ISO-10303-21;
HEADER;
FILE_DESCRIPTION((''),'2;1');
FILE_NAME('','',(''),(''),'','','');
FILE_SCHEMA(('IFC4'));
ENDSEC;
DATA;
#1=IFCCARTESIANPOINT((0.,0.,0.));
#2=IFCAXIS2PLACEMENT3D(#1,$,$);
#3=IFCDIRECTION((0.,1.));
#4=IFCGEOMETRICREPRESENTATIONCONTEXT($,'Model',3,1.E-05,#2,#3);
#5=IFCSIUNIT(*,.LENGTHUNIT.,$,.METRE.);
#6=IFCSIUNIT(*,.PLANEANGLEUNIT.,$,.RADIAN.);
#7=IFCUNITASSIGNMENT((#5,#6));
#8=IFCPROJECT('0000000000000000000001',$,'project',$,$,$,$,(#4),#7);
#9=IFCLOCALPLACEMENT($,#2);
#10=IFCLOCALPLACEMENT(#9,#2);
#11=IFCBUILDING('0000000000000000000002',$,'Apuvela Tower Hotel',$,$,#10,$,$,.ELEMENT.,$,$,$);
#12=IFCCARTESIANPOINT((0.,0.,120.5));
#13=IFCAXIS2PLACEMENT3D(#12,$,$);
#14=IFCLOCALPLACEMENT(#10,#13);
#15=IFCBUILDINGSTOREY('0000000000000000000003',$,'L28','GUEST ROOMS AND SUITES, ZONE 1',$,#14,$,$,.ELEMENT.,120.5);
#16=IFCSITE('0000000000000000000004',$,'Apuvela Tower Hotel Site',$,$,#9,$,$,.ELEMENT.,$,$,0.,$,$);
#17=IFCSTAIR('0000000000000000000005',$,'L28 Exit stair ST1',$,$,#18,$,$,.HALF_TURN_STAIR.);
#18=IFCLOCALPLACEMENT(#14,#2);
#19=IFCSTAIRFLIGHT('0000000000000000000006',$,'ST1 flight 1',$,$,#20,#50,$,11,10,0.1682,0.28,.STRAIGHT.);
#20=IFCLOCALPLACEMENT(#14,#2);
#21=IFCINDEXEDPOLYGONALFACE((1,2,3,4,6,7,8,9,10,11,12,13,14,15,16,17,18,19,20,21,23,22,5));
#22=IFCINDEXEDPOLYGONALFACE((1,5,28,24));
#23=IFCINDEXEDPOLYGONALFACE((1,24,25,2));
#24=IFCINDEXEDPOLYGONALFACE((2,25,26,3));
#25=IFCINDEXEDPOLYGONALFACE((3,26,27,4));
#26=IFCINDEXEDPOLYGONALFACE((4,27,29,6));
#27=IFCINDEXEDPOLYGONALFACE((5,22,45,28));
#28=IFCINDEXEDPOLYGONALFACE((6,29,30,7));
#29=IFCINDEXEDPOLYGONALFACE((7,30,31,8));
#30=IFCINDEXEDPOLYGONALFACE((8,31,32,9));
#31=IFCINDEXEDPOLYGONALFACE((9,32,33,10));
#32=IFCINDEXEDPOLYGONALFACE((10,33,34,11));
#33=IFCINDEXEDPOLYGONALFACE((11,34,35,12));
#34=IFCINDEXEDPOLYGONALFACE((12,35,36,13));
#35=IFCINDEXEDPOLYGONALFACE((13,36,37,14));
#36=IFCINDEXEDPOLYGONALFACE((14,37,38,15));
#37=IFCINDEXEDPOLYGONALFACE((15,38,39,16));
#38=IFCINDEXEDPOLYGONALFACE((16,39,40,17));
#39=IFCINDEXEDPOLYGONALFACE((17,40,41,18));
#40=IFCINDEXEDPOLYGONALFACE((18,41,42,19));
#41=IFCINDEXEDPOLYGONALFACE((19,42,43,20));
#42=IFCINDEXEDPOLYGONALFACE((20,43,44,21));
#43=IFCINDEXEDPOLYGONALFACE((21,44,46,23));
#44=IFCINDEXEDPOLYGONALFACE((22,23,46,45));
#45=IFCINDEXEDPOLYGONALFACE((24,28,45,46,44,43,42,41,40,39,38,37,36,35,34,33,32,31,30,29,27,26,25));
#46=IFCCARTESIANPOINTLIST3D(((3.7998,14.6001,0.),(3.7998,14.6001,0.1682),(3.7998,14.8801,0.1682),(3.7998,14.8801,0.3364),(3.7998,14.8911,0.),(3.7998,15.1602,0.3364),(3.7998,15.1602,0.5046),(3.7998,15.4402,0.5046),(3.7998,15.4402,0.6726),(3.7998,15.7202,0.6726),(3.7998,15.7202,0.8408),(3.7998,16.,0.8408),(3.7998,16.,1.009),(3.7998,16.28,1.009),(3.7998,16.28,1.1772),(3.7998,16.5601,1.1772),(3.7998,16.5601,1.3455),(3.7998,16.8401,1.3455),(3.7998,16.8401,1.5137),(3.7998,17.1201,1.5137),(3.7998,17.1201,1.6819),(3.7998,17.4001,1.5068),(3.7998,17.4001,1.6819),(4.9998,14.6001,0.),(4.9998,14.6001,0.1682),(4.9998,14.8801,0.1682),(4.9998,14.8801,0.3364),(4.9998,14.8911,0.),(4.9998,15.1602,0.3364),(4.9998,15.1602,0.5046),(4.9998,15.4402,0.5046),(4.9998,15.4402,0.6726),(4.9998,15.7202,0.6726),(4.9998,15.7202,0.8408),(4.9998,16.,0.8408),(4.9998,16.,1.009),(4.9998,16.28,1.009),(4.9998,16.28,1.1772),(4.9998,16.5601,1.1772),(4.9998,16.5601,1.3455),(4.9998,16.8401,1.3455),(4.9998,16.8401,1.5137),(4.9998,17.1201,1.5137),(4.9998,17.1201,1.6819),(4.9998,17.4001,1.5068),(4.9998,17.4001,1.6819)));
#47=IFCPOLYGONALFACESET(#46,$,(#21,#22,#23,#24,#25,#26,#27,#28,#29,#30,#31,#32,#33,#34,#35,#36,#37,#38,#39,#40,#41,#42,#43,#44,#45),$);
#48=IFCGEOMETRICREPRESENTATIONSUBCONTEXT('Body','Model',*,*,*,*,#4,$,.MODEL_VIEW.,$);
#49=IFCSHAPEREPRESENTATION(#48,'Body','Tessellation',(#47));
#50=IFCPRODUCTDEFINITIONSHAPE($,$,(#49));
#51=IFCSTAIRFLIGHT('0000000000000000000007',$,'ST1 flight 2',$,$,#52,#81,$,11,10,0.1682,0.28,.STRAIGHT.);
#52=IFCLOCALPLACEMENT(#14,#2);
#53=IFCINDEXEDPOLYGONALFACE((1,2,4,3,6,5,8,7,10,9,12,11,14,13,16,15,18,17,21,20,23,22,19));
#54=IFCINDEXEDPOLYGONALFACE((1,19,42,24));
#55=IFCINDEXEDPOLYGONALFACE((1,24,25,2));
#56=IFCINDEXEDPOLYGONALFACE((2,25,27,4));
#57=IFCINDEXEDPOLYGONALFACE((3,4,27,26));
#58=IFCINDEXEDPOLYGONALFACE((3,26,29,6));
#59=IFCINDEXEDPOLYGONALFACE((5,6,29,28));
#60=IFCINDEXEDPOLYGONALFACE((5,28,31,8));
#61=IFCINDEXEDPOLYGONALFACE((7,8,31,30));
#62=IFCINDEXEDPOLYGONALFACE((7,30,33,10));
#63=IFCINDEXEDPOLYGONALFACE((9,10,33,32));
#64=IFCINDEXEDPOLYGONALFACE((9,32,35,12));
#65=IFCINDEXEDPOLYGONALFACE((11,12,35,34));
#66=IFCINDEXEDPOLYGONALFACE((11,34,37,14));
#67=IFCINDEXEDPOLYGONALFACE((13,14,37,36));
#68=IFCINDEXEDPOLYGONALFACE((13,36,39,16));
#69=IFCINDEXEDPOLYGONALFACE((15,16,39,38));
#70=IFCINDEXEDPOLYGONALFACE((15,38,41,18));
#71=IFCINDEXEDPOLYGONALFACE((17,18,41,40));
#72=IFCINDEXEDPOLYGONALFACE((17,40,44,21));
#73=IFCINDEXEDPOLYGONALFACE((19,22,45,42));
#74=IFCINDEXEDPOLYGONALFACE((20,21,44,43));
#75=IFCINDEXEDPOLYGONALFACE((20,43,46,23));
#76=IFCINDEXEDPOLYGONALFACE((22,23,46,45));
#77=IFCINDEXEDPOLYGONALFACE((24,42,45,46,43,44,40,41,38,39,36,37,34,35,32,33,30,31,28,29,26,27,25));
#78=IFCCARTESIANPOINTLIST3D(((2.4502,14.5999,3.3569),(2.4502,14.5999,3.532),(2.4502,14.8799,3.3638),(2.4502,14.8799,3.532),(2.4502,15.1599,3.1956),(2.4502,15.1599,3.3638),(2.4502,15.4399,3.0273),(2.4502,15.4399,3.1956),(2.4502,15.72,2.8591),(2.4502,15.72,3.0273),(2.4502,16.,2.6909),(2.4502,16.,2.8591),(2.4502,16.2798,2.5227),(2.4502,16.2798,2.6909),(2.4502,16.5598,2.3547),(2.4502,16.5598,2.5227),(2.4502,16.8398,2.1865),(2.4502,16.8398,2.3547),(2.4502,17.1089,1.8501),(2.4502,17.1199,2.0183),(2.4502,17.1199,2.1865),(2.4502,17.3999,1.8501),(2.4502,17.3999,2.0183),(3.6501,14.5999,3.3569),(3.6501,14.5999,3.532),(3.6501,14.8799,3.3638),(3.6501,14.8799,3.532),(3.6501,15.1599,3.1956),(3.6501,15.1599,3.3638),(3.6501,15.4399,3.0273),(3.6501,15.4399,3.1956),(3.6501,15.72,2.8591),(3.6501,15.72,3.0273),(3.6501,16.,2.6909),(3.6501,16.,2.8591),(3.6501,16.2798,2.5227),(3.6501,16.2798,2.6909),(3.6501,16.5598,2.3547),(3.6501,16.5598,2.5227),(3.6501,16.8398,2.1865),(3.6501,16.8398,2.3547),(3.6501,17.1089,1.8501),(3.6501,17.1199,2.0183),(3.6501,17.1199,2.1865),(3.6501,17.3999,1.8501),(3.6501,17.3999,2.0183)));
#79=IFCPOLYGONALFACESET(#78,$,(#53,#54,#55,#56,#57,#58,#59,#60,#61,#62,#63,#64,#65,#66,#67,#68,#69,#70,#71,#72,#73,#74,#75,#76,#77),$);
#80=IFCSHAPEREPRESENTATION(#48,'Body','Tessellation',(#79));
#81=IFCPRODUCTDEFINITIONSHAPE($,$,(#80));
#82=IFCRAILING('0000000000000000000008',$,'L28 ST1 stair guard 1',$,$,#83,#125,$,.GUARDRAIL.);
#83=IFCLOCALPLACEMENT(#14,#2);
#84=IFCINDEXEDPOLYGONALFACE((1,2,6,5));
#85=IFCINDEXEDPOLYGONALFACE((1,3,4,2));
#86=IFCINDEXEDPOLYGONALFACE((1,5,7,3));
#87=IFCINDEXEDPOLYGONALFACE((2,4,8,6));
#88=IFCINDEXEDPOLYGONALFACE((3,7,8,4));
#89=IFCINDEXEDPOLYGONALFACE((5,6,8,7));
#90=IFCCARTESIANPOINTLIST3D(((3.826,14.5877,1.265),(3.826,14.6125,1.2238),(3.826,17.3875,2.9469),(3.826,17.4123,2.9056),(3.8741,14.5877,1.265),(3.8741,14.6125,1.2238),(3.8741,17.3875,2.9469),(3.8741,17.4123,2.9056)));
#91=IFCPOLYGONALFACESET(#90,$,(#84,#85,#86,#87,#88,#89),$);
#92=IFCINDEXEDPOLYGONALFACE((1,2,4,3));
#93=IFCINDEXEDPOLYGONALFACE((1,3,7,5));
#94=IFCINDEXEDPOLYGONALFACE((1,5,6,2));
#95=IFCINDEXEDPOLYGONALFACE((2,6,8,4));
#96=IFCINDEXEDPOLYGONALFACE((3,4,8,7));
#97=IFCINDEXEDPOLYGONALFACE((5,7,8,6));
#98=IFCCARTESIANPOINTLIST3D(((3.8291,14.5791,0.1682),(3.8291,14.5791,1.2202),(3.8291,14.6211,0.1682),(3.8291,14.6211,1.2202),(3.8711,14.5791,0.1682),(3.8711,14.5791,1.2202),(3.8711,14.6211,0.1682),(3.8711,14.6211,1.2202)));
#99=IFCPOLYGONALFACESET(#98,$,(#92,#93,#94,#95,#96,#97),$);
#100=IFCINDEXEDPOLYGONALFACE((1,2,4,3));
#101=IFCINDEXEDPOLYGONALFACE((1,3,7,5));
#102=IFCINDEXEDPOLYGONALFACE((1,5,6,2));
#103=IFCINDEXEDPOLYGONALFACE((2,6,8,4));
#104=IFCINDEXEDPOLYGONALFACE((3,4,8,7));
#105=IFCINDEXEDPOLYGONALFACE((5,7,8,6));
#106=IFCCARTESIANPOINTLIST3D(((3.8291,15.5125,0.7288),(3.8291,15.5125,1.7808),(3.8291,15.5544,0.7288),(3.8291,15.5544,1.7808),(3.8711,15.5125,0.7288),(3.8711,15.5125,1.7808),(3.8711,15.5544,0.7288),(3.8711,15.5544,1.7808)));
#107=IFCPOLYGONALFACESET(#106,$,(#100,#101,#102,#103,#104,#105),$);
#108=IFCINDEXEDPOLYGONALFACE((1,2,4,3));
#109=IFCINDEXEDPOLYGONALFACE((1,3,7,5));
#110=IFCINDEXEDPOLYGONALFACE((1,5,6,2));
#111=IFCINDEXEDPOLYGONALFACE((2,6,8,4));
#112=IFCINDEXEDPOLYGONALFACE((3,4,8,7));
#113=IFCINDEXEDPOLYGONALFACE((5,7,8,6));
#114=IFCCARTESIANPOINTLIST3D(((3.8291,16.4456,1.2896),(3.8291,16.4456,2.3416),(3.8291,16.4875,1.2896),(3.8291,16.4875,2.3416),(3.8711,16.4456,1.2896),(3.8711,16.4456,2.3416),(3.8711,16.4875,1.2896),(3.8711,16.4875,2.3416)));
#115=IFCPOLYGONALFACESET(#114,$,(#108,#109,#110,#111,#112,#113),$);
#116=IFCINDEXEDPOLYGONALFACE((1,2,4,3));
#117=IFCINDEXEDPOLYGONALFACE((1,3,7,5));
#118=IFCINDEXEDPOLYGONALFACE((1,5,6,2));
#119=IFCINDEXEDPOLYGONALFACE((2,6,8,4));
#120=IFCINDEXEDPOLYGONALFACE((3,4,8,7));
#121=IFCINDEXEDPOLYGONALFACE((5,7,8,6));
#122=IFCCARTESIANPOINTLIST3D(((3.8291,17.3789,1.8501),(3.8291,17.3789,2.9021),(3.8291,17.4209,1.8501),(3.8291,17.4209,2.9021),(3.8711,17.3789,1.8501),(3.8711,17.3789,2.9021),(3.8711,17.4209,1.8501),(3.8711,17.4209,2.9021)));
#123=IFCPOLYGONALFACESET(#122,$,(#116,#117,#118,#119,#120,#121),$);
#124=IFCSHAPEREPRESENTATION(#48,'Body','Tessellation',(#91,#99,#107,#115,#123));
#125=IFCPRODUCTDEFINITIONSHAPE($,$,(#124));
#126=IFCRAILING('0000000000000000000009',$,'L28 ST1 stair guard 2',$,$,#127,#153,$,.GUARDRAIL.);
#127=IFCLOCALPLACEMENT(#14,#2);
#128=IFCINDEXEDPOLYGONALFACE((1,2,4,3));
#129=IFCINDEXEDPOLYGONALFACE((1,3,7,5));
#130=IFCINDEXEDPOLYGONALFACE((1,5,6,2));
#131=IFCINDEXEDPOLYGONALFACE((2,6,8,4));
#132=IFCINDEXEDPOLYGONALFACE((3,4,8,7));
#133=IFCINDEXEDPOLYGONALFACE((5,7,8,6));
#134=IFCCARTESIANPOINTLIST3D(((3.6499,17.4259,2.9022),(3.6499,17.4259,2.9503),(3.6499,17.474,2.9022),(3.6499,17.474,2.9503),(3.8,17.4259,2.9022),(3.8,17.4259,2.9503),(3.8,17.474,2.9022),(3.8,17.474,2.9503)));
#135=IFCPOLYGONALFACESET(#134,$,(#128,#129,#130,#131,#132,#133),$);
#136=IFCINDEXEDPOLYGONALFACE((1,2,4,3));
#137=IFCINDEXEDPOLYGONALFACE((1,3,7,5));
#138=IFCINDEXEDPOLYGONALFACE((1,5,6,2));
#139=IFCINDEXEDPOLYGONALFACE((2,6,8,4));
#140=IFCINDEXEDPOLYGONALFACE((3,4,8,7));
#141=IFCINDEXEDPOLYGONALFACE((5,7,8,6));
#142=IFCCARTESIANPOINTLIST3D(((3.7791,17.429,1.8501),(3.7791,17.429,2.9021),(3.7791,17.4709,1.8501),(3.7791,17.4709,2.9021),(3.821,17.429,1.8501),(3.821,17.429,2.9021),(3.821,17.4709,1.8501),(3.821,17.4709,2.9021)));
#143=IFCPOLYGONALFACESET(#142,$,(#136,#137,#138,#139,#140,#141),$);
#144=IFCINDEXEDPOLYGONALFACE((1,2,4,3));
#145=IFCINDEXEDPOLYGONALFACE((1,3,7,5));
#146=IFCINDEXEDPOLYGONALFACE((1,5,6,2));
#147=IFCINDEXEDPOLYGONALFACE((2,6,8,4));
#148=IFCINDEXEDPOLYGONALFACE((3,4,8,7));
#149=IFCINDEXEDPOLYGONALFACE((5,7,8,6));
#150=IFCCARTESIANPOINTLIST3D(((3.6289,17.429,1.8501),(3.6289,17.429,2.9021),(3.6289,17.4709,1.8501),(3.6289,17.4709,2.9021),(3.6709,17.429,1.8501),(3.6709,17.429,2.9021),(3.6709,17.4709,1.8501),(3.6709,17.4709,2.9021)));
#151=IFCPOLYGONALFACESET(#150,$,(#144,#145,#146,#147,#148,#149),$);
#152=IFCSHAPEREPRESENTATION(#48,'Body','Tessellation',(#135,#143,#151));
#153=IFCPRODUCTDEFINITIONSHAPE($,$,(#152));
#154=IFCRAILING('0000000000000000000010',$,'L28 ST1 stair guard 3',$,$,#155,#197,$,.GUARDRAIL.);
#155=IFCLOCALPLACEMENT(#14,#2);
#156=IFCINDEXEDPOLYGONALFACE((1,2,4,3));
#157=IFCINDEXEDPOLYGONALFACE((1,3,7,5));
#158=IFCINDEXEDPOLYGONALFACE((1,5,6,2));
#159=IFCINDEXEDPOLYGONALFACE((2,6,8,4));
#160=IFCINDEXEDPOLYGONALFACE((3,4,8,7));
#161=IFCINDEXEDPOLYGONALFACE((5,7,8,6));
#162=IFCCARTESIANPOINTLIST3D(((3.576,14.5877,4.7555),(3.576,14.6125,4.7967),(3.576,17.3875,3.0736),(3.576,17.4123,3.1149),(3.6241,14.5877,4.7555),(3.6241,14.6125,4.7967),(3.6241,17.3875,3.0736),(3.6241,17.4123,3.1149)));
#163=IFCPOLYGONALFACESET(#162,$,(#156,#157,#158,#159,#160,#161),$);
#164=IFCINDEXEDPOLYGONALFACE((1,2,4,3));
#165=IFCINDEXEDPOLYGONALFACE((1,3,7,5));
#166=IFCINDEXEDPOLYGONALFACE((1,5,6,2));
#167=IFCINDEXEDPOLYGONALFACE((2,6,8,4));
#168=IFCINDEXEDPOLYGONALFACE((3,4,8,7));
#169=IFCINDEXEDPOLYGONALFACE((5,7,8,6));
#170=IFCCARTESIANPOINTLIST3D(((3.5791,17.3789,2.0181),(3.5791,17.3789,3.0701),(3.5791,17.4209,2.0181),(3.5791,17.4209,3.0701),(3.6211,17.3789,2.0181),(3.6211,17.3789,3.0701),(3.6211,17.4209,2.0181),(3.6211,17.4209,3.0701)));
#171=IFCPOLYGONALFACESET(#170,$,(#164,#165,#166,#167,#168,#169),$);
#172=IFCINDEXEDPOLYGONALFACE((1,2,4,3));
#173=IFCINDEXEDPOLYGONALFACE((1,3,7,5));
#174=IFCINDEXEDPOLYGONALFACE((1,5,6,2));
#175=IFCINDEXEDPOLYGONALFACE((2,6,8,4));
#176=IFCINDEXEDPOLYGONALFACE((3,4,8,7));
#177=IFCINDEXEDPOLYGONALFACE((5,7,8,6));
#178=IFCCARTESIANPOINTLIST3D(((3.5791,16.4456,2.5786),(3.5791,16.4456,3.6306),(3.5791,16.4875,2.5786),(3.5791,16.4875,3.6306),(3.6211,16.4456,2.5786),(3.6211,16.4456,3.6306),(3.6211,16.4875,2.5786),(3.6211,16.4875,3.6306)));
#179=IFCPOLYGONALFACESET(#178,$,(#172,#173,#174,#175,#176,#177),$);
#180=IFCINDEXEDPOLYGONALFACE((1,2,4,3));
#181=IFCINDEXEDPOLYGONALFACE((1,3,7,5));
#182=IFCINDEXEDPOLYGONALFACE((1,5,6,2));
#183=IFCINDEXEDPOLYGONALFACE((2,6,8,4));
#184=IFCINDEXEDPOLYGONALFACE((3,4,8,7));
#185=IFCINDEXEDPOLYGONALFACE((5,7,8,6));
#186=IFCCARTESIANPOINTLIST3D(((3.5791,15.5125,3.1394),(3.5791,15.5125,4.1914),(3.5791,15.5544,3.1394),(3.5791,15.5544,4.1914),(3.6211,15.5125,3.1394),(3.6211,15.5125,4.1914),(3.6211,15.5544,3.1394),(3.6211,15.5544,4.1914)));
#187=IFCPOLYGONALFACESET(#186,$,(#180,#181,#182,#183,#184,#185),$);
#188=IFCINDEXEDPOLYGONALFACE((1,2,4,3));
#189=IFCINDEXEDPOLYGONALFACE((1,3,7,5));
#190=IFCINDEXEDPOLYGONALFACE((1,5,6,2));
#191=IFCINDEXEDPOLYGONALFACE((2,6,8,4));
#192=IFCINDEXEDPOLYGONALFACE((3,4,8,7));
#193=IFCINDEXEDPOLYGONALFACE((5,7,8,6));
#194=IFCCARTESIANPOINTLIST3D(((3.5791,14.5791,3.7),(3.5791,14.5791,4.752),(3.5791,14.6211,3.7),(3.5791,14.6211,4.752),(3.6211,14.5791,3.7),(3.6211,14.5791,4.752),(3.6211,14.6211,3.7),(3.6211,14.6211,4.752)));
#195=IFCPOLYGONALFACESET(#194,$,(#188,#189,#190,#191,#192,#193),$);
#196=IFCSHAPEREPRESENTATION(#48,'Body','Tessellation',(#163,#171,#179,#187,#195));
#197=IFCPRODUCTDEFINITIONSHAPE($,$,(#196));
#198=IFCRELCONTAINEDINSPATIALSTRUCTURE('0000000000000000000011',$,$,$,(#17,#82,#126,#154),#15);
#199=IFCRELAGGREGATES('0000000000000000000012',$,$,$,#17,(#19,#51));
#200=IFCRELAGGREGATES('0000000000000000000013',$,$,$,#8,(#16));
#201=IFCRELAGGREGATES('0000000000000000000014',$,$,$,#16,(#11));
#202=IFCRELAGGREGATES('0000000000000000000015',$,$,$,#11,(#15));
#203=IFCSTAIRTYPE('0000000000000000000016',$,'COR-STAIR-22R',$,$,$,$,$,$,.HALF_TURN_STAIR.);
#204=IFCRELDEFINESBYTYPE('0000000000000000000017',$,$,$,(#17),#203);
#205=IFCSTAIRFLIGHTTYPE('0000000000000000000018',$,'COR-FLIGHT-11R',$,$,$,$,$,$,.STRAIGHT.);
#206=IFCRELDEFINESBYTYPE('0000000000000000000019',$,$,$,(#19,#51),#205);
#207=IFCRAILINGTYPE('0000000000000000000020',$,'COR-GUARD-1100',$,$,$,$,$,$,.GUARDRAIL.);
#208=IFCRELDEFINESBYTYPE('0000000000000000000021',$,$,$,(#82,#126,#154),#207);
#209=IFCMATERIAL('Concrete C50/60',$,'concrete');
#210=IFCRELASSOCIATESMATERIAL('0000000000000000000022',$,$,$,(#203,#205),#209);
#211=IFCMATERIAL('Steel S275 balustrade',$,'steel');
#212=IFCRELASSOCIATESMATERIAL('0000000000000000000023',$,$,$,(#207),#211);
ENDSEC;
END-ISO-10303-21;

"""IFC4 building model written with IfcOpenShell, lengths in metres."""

from ifc_helpers import new_model, si_unit, direction, frame, origin, origin_2d, place, context, subcontext, project, spatial, polyline, rectangle, outline, extrude, material, type_object, element, aggregate, save


model = new_model("IFC4")

# Units and contexts
model_context = context("Model", 3, precision=1e-05, world=origin(), true_north=direction((0.0, 1.0)))
body_context = subcontext(model_context, "Body", "Model", "MODEL_VIEW")
ifc_project = project(units=[si_unit("LENGTHUNIT", "METRE"), si_unit("PLANEANGLEUNIT", "RADIAN")], contexts=[model_context])

# Site, building, storey
site_placement = place(None, origin())
site = spatial("IfcSite", under=ifc_project, at=site_placement, Name="Apuvela Tower Hotel Site", CompositionType="ELEMENT", RefElevation=0.0)
building_placement = place(site_placement, origin())
building = spatial("IfcBuilding", under=site, at=building_placement, Name="Apuvela Tower Hotel", CompositionType="ELEMENT")
storey_placement = place(building_placement, frame((0.0, 0.0, 120.5)))
storey = spatial("IfcBuildingStorey", under=building, at=storey_placement, Name="L28", Description="GUEST ROOMS AND SUITES, ZONE 1", CompositionType="ELEMENT", Elevation=120.5)

# Shared definitions
ifc_material_1 = material(Name="Concrete C50/60", Category="concrete")

# Stair, stair flights
stair_type = type_object("IfcStairType", Name="COR-STAIR-22R", PredefinedType="HALF_TURN_STAIR", material=ifc_material_1)
stair_placement = place(storey_placement, origin())
stair = element("IfcStair", 1, at=stair_placement, inside=storey, type_object=stair_type, Name="L28 Exit stair ST1", PredefinedType="HALF_TURN_STAIR")
stair_flight_type = type_object("IfcStairFlightType", Name="COR-FLIGHT-11R", PredefinedType="STRAIGHT", material=ifc_material_1)
stair_flight_1_placement = place(storey_placement, frame((4.3999, 14.6001, 0.0), z_axis=(0.0, 0.0, 1.0), x_axis=(0.0, 1.0, 0.0)))
stair_flight_1 = element("IfcStairFlight", 2, at=stair_flight_1_placement, type_object=stair_flight_type, Name="ST1 flight 1", NumberOfRisers=11, NumberOfTreads=10, PredefinedType="STRAIGHT", RiserHeight=0.1682, TreadLength=0.28, context=body_context, shape_type="SweptSolid", body=[
    extrude(outline(polyline([(0.0, 0.0), (0.0, 0.1682), (0.28, 0.1682), (0.28, 0.3364), (0.5601, 0.3364), (0.5601, 0.5046), (0.8401, 0.5046), (0.8401, 0.6726), (1.1201, 0.6726), (1.1201, 0.8408), (1.3999, 0.8408), (1.3999, 1.009), (1.6799, 1.009), (1.6799, 1.1772), (1.96, 1.1772), (1.96, 1.3455), (2.24, 1.3455), (2.24, 1.5137), (2.52, 1.5137), (2.52, 1.6819), (2.8, 1.6819), (2.8, 1.8501), (2.8, 1.5068), (0.291, 0.0), (0.0, 0.0)])), frame((0.0, 0.6001, 0.0), z_axis=(0.0, -1.0, 0.0), x_axis=(1.0, 0.0, 0.0)), (0.0, 0.0, 1.0), 1.2),
])
stair_flight_2_placement = place(storey_placement, frame((3.05, 17.3999, 1.8501), z_axis=(0.0, 0.0, 1.0), x_axis=(0.0, -1.0, 0.0)))
stair_flight_2 = element("IfcStairFlight", 3, at=stair_flight_2_placement, type_object=stair_flight_type, Name="ST1 flight 2", NumberOfRisers=11, NumberOfTreads=10, PredefinedType="STRAIGHT", RiserHeight=0.1682, TreadLength=0.28, context=body_context, shape_type="SweptSolid", body=[
    extrude(outline(polyline([(0.0, 0.0), (0.0, 0.1682), (0.28, 0.1682), (0.28, 0.3364), (0.5601, 0.3364), (0.5601, 0.5046), (0.8401, 0.5046), (0.8401, 0.6726), (1.1201, 0.6726), (1.1201, 0.8408), (1.3999, 0.8408), (1.3999, 1.009), (1.6799, 1.009), (1.6799, 1.1772), (1.96, 1.1772), (1.96, 1.3455), (2.24, 1.3455), (2.24, 1.5137), (2.52, 1.5137), (2.52, 1.6819), (2.8, 1.6819), (2.8, 1.8501), (2.8, 1.5068), (0.291, 0.0), (0.0, 0.0)])), frame((0.0, 0.6001, 0.0), z_axis=(0.0, -1.0, 0.0), x_axis=(1.0, 0.0, 0.0)), (0.0, 0.0, 1.0), 1.2),
])
aggregate(stair, [stair_flight_1, stair_flight_2])

# Railings
ifc_material_2 = material(Name="Steel S275 balustrade", Category="steel")
railing_type_1 = type_object("IfcRailingType", Name="COR-GUARD-1100", PredefinedType="GUARDRAIL", material=ifc_material_2)
railing_1_placement = place(storey_placement, frame((3.8501, 14.6001, 0.1682)))
element("IfcRailing", 4, at=railing_1_placement, inside=storey, type_object=railing_type_1, Name="L28 ST1 stair guard 1", PredefinedType="GUARDRAIL", context=body_context, shape_type="SweptSolid", body=[
    extrude(rectangle(XDim=0.0481, YDim=0.0481, at=origin_2d()), frame((0.0, 0.0, 1.0762), z_axis=(0.0, 0.857222, 0.514946), x_axis=(-1.0, 0.0, 0.0)), (0.0, 0.0, 1.0), 3.2661),
    extrude(rectangle(XDim=0.042, YDim=0.042, at=origin_2d()), origin(), (0.0, 0.0, 1.0), 1.052),
    extrude(rectangle(XDim=0.042, YDim=0.042, at=origin_2d()), frame((0.0, 0.9333, 0.5605)), (0.0, 0.0, 1.0), 1.052),
    extrude(rectangle(XDim=0.042, YDim=0.042, at=origin_2d()), frame((0.0, 1.8665, 1.1213)), (0.0, 0.0, 1.0), 1.052),
    extrude(rectangle(XDim=0.042, YDim=0.042, at=origin_2d()), frame((0.0, 2.7998, 1.6819)), (0.0, 0.0, 1.0), 1.052),
])
railing_2_placement = place(storey_placement, frame((3.8, 17.45, 1.8501)))
element("IfcRailing", 5, at=railing_2_placement, inside=storey, type_object=railing_type_1, Name="L28 ST1 stair guard 2", PredefinedType="GUARDRAIL", context=body_context, shape_type="SweptSolid", body=[
    extrude(rectangle(XDim=0.0481, YDim=0.0481, at=origin_2d()), frame((0.0, 0.0, 1.0762), z_axis=(-1.0, 0.0, 0.0), x_axis=(0.0, -1.0, 0.0)), (0.0, 0.0, 1.0), 0.1501),
    extrude(rectangle(XDim=0.042, YDim=0.042, at=origin_2d()), origin(), (0.0, 0.0, 1.0), 1.052),
    extrude(rectangle(XDim=0.042, YDim=0.042, at=origin_2d()), frame((-0.1501, 0.0, 0.0)), (0.0, 0.0, 1.0), 1.052),
])
railing_3_placement = place(storey_placement, frame((3.6001, 17.3999, 2.0181)))
element("IfcRailing", 6, at=railing_3_placement, inside=storey, type_object=railing_type_1, Name="L28 ST1 stair guard 3", PredefinedType="GUARDRAIL", context=body_context, shape_type="SweptSolid", body=[
    extrude(rectangle(XDim=0.0481, YDim=0.0481, at=origin_2d()), frame((0.0, 0.0, 1.0762), z_axis=(0.0, -0.857222, 0.514946), x_axis=(1.0, 0.0, 0.0)), (0.0, 0.0, 1.0), 3.2661),
    extrude(rectangle(XDim=0.042, YDim=0.042, at=origin_2d()), origin(), (0.0, 0.0, 1.0), 1.052),
    extrude(rectangle(XDim=0.042, YDim=0.042, at=origin_2d()), frame((0.0, -0.9333, 0.5605)), (0.0, 0.0, 1.0), 1.052),
    extrude(rectangle(XDim=0.042, YDim=0.042, at=origin_2d()), frame((0.0, -1.8665, 1.1213)), (0.0, 0.0, 1.0), 1.052),
    extrude(rectangle(XDim=0.042, YDim=0.042, at=origin_2d()), frame((0.0, -2.7998, 1.6819)), (0.0, 0.0, 1.0), 1.052),
])

save(model, "model.ifc")
